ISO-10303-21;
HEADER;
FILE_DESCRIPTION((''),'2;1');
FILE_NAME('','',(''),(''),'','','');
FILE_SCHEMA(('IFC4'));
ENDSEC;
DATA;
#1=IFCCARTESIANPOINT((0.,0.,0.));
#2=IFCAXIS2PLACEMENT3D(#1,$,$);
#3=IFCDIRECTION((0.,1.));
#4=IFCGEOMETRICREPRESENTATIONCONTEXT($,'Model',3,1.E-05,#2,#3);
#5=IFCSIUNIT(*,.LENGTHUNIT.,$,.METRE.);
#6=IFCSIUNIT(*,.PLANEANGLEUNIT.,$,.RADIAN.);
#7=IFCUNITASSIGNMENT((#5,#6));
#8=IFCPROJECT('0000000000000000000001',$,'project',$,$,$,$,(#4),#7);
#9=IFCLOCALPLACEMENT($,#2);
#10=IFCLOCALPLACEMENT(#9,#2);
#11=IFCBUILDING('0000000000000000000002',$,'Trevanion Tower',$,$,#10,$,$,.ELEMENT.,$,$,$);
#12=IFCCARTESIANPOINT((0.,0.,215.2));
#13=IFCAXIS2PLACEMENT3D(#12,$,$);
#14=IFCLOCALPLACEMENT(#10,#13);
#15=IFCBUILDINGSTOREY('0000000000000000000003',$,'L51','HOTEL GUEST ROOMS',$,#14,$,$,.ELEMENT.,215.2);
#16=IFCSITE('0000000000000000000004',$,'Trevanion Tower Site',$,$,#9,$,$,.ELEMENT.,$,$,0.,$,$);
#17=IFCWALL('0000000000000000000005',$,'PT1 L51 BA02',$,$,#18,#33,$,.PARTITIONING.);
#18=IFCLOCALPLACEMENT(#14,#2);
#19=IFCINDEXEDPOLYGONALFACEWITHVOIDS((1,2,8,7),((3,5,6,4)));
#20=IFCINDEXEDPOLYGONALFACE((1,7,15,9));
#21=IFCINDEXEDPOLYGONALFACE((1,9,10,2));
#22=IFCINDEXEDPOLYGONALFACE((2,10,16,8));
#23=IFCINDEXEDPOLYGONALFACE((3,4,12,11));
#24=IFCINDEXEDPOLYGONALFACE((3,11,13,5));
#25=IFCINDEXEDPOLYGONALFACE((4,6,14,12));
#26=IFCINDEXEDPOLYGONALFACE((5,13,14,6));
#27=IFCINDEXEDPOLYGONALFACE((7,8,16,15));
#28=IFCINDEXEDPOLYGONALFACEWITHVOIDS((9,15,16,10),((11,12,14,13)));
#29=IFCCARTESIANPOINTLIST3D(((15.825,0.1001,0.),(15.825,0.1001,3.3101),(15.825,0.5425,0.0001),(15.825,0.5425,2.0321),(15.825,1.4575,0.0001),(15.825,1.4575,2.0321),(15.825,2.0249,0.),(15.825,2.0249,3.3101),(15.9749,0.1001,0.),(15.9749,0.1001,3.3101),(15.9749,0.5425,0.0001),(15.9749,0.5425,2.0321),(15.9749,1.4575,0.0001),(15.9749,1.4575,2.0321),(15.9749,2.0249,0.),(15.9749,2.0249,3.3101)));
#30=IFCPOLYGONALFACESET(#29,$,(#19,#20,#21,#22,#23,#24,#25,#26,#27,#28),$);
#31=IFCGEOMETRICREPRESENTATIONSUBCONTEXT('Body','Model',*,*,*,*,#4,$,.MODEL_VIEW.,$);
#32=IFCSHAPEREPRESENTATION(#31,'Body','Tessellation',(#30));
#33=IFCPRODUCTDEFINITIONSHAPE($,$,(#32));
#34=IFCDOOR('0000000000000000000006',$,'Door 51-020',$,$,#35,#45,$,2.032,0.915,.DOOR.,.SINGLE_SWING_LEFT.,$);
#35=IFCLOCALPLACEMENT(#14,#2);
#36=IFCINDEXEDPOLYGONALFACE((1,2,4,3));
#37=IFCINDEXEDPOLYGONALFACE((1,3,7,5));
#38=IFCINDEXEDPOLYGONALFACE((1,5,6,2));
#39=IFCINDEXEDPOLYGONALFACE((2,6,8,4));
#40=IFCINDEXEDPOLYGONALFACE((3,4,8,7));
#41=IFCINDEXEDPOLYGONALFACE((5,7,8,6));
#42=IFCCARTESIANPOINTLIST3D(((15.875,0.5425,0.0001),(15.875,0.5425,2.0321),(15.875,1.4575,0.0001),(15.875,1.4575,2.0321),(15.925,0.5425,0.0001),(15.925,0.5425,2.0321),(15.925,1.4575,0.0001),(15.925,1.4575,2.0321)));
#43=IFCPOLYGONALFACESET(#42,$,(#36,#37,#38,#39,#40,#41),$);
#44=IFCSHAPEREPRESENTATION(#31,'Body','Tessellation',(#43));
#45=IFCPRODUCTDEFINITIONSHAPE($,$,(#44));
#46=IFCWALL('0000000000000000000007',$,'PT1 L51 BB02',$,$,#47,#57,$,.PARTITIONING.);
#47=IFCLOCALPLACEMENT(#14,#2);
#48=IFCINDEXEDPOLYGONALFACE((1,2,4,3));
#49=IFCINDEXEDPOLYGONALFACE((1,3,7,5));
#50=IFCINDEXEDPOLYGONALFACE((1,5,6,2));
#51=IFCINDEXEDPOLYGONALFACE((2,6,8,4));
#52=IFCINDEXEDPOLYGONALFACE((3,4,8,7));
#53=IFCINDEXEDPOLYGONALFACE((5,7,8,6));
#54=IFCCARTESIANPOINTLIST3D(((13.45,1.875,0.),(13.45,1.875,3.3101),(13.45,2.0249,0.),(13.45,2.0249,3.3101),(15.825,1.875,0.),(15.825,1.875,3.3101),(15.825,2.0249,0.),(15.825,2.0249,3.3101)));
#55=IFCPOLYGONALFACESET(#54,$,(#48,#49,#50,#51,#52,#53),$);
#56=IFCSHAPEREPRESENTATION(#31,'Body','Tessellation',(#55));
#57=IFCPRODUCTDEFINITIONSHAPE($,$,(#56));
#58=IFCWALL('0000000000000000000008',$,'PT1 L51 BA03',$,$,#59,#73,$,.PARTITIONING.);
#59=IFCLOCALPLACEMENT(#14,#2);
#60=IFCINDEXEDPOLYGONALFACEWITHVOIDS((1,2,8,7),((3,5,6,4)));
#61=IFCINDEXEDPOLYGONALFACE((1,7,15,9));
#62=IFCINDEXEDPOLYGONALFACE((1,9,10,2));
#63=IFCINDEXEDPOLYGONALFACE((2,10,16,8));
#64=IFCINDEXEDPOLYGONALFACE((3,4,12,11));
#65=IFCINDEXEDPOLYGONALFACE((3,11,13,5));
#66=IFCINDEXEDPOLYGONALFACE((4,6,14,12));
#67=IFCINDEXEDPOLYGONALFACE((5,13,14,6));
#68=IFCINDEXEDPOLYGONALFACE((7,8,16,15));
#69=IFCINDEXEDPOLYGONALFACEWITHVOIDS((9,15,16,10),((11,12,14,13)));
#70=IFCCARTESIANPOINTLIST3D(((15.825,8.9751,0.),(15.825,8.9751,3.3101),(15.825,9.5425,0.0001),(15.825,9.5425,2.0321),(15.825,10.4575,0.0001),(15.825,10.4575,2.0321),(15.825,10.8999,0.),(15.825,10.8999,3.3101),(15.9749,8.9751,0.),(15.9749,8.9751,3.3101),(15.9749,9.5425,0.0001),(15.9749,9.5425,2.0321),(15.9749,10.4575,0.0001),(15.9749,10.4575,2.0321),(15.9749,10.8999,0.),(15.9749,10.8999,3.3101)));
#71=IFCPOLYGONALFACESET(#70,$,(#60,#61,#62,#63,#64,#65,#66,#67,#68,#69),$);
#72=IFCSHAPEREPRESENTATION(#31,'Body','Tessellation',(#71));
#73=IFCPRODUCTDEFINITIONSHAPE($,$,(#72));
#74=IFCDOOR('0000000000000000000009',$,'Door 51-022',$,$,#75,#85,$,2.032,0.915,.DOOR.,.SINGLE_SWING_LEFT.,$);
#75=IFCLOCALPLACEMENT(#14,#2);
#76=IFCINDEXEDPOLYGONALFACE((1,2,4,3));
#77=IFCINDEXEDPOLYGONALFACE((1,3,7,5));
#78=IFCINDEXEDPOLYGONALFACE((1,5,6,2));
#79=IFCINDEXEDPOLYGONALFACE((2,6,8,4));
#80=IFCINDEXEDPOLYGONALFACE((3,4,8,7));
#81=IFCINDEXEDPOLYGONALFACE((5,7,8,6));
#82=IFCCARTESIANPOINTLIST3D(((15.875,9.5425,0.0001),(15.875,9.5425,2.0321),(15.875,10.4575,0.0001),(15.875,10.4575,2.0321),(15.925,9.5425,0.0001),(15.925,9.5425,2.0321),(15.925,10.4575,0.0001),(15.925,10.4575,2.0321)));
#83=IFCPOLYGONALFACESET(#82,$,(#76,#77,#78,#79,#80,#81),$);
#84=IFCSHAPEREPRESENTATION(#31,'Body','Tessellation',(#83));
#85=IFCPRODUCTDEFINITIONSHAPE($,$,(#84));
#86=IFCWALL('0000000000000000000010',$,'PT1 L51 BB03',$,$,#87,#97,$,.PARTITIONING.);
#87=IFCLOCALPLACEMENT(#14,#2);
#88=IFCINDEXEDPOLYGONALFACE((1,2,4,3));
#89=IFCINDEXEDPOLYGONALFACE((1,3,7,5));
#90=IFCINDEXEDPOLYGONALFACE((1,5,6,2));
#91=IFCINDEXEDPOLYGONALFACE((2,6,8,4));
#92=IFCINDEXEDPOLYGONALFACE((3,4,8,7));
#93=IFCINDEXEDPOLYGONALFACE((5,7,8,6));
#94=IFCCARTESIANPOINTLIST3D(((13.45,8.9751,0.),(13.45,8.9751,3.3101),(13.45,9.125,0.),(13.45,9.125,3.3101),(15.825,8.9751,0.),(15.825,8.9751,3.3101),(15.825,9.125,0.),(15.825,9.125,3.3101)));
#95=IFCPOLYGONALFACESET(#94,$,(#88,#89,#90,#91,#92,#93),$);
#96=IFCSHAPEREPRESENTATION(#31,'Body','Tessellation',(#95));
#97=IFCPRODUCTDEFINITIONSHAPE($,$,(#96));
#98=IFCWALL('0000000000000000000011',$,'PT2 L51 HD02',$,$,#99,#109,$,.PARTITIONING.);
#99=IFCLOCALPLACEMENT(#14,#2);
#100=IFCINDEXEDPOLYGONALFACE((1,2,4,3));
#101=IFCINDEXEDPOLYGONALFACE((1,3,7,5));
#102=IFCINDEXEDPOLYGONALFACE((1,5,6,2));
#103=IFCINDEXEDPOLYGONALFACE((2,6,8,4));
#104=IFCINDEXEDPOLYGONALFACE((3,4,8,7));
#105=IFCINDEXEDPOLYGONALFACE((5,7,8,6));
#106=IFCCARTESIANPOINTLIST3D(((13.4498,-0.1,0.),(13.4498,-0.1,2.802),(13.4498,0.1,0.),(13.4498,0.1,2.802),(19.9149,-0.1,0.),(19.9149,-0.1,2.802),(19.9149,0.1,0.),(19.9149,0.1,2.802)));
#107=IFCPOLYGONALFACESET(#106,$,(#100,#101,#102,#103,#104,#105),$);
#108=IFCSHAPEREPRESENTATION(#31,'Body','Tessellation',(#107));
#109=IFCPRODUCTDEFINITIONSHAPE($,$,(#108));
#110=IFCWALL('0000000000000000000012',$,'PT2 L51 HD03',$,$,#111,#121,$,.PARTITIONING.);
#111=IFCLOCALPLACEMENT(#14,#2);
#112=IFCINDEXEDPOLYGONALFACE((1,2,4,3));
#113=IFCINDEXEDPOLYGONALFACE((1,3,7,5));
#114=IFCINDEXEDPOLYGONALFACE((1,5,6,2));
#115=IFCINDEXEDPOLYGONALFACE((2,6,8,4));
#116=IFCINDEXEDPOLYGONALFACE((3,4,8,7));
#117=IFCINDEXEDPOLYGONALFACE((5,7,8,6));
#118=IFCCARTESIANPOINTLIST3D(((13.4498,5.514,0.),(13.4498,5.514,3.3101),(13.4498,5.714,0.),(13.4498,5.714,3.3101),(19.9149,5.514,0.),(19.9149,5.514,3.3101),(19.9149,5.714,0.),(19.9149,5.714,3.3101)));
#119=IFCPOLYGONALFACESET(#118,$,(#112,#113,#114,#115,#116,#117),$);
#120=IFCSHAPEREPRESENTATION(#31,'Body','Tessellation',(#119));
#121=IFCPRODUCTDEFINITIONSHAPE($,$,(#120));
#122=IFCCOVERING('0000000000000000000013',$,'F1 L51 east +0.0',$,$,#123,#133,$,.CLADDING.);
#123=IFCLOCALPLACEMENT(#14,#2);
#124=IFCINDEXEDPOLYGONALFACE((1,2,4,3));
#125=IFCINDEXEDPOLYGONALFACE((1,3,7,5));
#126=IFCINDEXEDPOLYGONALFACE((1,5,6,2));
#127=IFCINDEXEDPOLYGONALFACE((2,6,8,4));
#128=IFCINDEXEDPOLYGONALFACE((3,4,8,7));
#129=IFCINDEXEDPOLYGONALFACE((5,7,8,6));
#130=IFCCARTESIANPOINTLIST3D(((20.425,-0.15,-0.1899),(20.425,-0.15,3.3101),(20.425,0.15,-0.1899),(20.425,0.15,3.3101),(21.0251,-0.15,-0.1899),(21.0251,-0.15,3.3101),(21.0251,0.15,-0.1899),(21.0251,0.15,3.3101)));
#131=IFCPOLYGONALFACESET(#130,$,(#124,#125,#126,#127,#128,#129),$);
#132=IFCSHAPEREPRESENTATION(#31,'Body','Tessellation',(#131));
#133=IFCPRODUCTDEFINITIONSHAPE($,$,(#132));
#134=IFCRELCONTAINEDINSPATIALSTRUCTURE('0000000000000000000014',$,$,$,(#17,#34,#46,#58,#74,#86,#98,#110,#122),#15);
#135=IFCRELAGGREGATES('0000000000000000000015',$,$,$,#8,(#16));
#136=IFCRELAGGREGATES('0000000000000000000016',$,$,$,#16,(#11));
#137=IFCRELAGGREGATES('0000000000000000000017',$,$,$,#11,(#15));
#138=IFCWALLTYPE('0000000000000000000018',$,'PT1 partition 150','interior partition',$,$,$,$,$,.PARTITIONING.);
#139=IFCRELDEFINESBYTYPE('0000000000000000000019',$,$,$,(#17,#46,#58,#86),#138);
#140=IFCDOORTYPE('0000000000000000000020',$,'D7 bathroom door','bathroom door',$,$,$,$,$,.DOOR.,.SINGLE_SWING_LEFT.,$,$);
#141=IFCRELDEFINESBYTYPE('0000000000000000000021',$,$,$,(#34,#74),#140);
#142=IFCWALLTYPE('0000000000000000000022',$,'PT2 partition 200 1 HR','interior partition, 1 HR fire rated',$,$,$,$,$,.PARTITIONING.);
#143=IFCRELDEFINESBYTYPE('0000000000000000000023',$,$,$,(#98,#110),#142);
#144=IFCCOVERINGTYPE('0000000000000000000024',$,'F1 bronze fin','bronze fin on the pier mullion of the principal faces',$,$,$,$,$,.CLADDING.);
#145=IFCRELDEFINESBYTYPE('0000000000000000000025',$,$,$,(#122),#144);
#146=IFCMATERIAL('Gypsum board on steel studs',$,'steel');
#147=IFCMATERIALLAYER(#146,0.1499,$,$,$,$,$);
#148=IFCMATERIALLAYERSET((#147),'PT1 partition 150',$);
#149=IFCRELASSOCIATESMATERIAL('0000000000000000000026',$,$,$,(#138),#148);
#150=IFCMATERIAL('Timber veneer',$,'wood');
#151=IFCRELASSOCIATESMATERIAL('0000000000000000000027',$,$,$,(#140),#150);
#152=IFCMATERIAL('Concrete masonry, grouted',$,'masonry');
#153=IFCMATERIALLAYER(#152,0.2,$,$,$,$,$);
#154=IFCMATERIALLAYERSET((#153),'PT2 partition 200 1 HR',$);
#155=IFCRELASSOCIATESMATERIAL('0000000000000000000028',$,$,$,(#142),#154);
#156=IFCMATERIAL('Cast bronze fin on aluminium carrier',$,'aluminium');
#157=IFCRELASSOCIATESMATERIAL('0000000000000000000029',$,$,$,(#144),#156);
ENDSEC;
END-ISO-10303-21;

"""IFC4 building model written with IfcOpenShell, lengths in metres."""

from ifc_helpers import new_model, si_unit, direction, frame, frame_2d, origin, origin_2d, place, context, subcontext, project, spatial, rectangle, extrude, material, layer, layer_set, type_object, element, fill, save


model = new_model("IFC4")

# Units and contexts
model_context = context("Model", 3, precision=1e-05, world=origin(), true_north=direction((0.0, 1.0)))
body_context = subcontext(model_context, "Body", "Model", "MODEL_VIEW")
ifc_project = project(units=[si_unit("LENGTHUNIT", "METRE"), si_unit("PLANEANGLEUNIT", "RADIAN")], contexts=[model_context])

# Site, building, storey
site_placement = place(None, origin())
site = spatial("IfcSite", under=ifc_project, at=site_placement, Name="Trevanion Tower Site", CompositionType="ELEMENT", RefElevation=0.0)
building_placement = place(site_placement, origin())
building = spatial("IfcBuilding", under=site, at=building_placement, Name="Trevanion Tower", CompositionType="ELEMENT")
storey_placement = place(building_placement, frame((0.0, 0.0, 215.2)))
storey = spatial("IfcBuildingStorey", under=building, at=storey_placement, Name="L51", Description="HOTEL GUEST ROOMS", CompositionType="ELEMENT", Elevation=215.2)

# Wall, opening, door
ifc_material_1 = material(Name="Gypsum board on steel studs", Category="steel")
ifc_layer_1 = layer(ifc_material_1, 0.1499)
ifc_layer_set_1 = layer_set([ifc_layer_1], Name="PT1 partition 150")
wall_type_1 = type_object("IfcWallType", Name="PT1 partition 150", Description="interior partition", PredefinedType="PARTITIONING", material=ifc_layer_set_1)
wall_1_placement = place(storey_placement, frame((15.8999, 0.1001, 0.0), z_axis=(0.0, 0.0, 1.0), x_axis=(0.0, 1.0, 0.0)))
wall_1 = element("IfcWall", 1, at=wall_1_placement, inside=storey, type_object=wall_type_1, Name="PT1 L51 BA02", PredefinedType="PARTITIONING", context=body_context, shape_type="SweptSolid", body=[
    extrude(rectangle(XDim=1.9248, YDim=0.1499, at=frame_2d((0.9624, 0.0))), origin(), (0.0, 0.0, 1.0), 3.3101),
])
opening_1_placement = place(wall_1_placement, frame((0.4424, 0.0, 0.0)))
opening_1 = element("IfcOpeningElement", 2, at=opening_1_placement, cuts=wall_1, PredefinedType="OPENING", context=body_context, shape_type="SweptSolid", body=[
    extrude(rectangle(XDim=0.915, YDim=2.032, at=frame_2d((0.4575, 1.0161))), frame((0.0, 0.085, 0.0), z_axis=(0.0, -1.0, 0.0), x_axis=(1.0, 0.0, 0.0)), (0.0, 0.0, 1.0), 0.1699),
])
ifc_material_2 = material(Name="Timber veneer", Category="wood")
door_type = type_object("IfcDoorType", Name="D7 bathroom door", Description="bathroom door", OperationType="SINGLE_SWING_LEFT", PredefinedType="DOOR", material=ifc_material_2)
door_1_placement = place(opening_1_placement, origin())
door_1 = element("IfcDoor", 3, at=door_1_placement, inside=storey, type_object=door_type, Name="Door 51-020", OperationType="SINGLE_SWING_LEFT", OverallHeight=2.032, OverallWidth=0.915, PredefinedType="DOOR", context=body_context, shape_type="SweptSolid", body=[
    extrude(rectangle(XDim=0.915, YDim=2.032, at=frame_2d((0.4575, 1.0161))), frame((0.0, 0.0249, 0.0), z_axis=(0.0, -1.0, 0.0), x_axis=(1.0, 0.0, 0.0)), (0.0, 0.0, 1.0), 0.05),
])
fill(opening_1, door_1)

# Wall
wall_2_placement = place(storey_placement, frame((13.45, 1.95, 0.0), z_axis=(0.0, 0.0, 1.0), x_axis=(1.0, 0.0, 0.0)))
element("IfcWall", 4, at=wall_2_placement, inside=storey, type_object=wall_type_1, Name="PT1 L51 BB02", PredefinedType="PARTITIONING", context=body_context, shape_type="SweptSolid", body=[
    extrude(rectangle(XDim=2.375, YDim=0.1499, at=frame_2d((1.1875, 0.0))), origin(), (0.0, 0.0, 1.0), 3.3101),
])

# Wall, opening, door
wall_3_placement = place(storey_placement, frame((15.8999, 8.9751, 0.0), z_axis=(0.0, 0.0, 1.0), x_axis=(0.0, 1.0, 0.0)))
wall_3 = element("IfcWall", 5, at=wall_3_placement, inside=storey, type_object=wall_type_1, Name="PT1 L51 BA03", PredefinedType="PARTITIONING", context=body_context, shape_type="SweptSolid", body=[
    extrude(rectangle(XDim=1.9248, YDim=0.1499, at=frame_2d((0.9624, 0.0))), origin(), (0.0, 0.0, 1.0), 3.3101),
])
opening_2_placement = place(wall_3_placement, frame((0.5674, 0.0, 0.0)))
opening_2 = element("IfcOpeningElement", 6, at=opening_2_placement, cuts=wall_3, PredefinedType="OPENING", context=body_context, shape_type="SweptSolid", body=[
    extrude(rectangle(XDim=0.915, YDim=2.032, at=frame_2d((0.4575, 1.0161))), frame((0.0, 0.085, 0.0), z_axis=(0.0, -1.0, 0.0), x_axis=(1.0, 0.0, 0.0)), (0.0, 0.0, 1.0), 0.1699),
])
door_2_placement = place(opening_2_placement, origin())
door_2 = element("IfcDoor", 7, at=door_2_placement, inside=storey, type_object=door_type, Name="Door 51-022", OperationType="SINGLE_SWING_LEFT", OverallHeight=2.032, OverallWidth=0.915, PredefinedType="DOOR", context=body_context, shape_type="SweptSolid", body=[
    extrude(rectangle(XDim=0.915, YDim=2.032, at=frame_2d((0.4575, 1.0161))), frame((0.0, 0.0249, 0.0), z_axis=(0.0, -1.0, 0.0), x_axis=(1.0, 0.0, 0.0)), (0.0, 0.0, 1.0), 0.05),
])
fill(opening_2, door_2)

# Walls
wall_4_placement = place(storey_placement, frame((13.45, 9.05, 0.0), z_axis=(0.0, 0.0, 1.0), x_axis=(1.0, 0.0, 0.0)))
element("IfcWall", 8, at=wall_4_placement, inside=storey, type_object=wall_type_1, Name="PT1 L51 BB03", PredefinedType="PARTITIONING", context=body_context, shape_type="SweptSolid", body=[
    extrude(rectangle(XDim=2.375, YDim=0.1499, at=frame_2d((1.1875, 0.0))), origin(), (0.0, 0.0, 1.0), 3.3101),
])
ifc_material_3 = material(Name="Concrete masonry, grouted", Category="masonry")
ifc_layer_2 = layer(ifc_material_3, 0.2)
ifc_layer_set_2 = layer_set([ifc_layer_2], Name="PT2 partition 200 1 HR")
wall_type_2 = type_object("IfcWallType", Name="PT2 partition 200 1 HR", Description="interior partition, 1 HR fire rated", PredefinedType="PARTITIONING", material=ifc_layer_set_2)
wall_5_placement = place(storey_placement, frame((13.45, 0.0, 0.0), z_axis=(0.0, 0.0, 1.0), x_axis=(1.0, 0.0, 0.0)))
element("IfcWall", 9, at=wall_5_placement, inside=storey, type_object=wall_type_2, Name="PT2 L51 HD02", PredefinedType="PARTITIONING", context=body_context, shape_type="SweptSolid", body=[
    extrude(rectangle(XDim=6.4651, YDim=0.2, at=frame_2d((3.2324, 0.0))), origin(), (0.0, 0.0, 1.0), 2.802),
])
wall_6_placement = place(storey_placement, frame((13.45, 5.614, 0.0), z_axis=(0.0, 0.0, 1.0), x_axis=(1.0, 0.0, 0.0)))
element("IfcWall", 10, at=wall_6_placement, inside=storey, type_object=wall_type_2, Name="PT2 L51 HD03", PredefinedType="PARTITIONING", context=body_context, shape_type="SweptSolid", body=[
    extrude(rectangle(XDim=6.4651, YDim=0.2, at=frame_2d((3.2324, 0.0))), origin(), (0.0, 0.0, 1.0), 3.3101),
])

# Covering
ifc_material_4 = material(Name="Cast bronze fin on aluminium carrier", Category="aluminium")
covering_type = type_object("IfcCoveringType", Name="F1 bronze fin", Description="bronze fin on the pier mullion of the principal faces", PredefinedType="CLADDING", material=ifc_material_4)
covering_placement = place(storey_placement, frame((20.7251, 0.0, -0.1899), z_axis=(0.0, 0.0, 1.0), x_axis=(0.0, 1.0, 0.0)))
element("IfcCovering", 11, at=covering_placement, inside=storey, type_object=covering_type, Name="F1 L51 east +0.0", PredefinedType="CLADDING", context=body_context, shape_type="SweptSolid", body=[
    extrude(rectangle(XDim=0.3, YDim=0.6001, at=origin_2d()), origin(), (0.0, 0.0, 1.0), 3.5),
])

save(model, "model.ifc")
